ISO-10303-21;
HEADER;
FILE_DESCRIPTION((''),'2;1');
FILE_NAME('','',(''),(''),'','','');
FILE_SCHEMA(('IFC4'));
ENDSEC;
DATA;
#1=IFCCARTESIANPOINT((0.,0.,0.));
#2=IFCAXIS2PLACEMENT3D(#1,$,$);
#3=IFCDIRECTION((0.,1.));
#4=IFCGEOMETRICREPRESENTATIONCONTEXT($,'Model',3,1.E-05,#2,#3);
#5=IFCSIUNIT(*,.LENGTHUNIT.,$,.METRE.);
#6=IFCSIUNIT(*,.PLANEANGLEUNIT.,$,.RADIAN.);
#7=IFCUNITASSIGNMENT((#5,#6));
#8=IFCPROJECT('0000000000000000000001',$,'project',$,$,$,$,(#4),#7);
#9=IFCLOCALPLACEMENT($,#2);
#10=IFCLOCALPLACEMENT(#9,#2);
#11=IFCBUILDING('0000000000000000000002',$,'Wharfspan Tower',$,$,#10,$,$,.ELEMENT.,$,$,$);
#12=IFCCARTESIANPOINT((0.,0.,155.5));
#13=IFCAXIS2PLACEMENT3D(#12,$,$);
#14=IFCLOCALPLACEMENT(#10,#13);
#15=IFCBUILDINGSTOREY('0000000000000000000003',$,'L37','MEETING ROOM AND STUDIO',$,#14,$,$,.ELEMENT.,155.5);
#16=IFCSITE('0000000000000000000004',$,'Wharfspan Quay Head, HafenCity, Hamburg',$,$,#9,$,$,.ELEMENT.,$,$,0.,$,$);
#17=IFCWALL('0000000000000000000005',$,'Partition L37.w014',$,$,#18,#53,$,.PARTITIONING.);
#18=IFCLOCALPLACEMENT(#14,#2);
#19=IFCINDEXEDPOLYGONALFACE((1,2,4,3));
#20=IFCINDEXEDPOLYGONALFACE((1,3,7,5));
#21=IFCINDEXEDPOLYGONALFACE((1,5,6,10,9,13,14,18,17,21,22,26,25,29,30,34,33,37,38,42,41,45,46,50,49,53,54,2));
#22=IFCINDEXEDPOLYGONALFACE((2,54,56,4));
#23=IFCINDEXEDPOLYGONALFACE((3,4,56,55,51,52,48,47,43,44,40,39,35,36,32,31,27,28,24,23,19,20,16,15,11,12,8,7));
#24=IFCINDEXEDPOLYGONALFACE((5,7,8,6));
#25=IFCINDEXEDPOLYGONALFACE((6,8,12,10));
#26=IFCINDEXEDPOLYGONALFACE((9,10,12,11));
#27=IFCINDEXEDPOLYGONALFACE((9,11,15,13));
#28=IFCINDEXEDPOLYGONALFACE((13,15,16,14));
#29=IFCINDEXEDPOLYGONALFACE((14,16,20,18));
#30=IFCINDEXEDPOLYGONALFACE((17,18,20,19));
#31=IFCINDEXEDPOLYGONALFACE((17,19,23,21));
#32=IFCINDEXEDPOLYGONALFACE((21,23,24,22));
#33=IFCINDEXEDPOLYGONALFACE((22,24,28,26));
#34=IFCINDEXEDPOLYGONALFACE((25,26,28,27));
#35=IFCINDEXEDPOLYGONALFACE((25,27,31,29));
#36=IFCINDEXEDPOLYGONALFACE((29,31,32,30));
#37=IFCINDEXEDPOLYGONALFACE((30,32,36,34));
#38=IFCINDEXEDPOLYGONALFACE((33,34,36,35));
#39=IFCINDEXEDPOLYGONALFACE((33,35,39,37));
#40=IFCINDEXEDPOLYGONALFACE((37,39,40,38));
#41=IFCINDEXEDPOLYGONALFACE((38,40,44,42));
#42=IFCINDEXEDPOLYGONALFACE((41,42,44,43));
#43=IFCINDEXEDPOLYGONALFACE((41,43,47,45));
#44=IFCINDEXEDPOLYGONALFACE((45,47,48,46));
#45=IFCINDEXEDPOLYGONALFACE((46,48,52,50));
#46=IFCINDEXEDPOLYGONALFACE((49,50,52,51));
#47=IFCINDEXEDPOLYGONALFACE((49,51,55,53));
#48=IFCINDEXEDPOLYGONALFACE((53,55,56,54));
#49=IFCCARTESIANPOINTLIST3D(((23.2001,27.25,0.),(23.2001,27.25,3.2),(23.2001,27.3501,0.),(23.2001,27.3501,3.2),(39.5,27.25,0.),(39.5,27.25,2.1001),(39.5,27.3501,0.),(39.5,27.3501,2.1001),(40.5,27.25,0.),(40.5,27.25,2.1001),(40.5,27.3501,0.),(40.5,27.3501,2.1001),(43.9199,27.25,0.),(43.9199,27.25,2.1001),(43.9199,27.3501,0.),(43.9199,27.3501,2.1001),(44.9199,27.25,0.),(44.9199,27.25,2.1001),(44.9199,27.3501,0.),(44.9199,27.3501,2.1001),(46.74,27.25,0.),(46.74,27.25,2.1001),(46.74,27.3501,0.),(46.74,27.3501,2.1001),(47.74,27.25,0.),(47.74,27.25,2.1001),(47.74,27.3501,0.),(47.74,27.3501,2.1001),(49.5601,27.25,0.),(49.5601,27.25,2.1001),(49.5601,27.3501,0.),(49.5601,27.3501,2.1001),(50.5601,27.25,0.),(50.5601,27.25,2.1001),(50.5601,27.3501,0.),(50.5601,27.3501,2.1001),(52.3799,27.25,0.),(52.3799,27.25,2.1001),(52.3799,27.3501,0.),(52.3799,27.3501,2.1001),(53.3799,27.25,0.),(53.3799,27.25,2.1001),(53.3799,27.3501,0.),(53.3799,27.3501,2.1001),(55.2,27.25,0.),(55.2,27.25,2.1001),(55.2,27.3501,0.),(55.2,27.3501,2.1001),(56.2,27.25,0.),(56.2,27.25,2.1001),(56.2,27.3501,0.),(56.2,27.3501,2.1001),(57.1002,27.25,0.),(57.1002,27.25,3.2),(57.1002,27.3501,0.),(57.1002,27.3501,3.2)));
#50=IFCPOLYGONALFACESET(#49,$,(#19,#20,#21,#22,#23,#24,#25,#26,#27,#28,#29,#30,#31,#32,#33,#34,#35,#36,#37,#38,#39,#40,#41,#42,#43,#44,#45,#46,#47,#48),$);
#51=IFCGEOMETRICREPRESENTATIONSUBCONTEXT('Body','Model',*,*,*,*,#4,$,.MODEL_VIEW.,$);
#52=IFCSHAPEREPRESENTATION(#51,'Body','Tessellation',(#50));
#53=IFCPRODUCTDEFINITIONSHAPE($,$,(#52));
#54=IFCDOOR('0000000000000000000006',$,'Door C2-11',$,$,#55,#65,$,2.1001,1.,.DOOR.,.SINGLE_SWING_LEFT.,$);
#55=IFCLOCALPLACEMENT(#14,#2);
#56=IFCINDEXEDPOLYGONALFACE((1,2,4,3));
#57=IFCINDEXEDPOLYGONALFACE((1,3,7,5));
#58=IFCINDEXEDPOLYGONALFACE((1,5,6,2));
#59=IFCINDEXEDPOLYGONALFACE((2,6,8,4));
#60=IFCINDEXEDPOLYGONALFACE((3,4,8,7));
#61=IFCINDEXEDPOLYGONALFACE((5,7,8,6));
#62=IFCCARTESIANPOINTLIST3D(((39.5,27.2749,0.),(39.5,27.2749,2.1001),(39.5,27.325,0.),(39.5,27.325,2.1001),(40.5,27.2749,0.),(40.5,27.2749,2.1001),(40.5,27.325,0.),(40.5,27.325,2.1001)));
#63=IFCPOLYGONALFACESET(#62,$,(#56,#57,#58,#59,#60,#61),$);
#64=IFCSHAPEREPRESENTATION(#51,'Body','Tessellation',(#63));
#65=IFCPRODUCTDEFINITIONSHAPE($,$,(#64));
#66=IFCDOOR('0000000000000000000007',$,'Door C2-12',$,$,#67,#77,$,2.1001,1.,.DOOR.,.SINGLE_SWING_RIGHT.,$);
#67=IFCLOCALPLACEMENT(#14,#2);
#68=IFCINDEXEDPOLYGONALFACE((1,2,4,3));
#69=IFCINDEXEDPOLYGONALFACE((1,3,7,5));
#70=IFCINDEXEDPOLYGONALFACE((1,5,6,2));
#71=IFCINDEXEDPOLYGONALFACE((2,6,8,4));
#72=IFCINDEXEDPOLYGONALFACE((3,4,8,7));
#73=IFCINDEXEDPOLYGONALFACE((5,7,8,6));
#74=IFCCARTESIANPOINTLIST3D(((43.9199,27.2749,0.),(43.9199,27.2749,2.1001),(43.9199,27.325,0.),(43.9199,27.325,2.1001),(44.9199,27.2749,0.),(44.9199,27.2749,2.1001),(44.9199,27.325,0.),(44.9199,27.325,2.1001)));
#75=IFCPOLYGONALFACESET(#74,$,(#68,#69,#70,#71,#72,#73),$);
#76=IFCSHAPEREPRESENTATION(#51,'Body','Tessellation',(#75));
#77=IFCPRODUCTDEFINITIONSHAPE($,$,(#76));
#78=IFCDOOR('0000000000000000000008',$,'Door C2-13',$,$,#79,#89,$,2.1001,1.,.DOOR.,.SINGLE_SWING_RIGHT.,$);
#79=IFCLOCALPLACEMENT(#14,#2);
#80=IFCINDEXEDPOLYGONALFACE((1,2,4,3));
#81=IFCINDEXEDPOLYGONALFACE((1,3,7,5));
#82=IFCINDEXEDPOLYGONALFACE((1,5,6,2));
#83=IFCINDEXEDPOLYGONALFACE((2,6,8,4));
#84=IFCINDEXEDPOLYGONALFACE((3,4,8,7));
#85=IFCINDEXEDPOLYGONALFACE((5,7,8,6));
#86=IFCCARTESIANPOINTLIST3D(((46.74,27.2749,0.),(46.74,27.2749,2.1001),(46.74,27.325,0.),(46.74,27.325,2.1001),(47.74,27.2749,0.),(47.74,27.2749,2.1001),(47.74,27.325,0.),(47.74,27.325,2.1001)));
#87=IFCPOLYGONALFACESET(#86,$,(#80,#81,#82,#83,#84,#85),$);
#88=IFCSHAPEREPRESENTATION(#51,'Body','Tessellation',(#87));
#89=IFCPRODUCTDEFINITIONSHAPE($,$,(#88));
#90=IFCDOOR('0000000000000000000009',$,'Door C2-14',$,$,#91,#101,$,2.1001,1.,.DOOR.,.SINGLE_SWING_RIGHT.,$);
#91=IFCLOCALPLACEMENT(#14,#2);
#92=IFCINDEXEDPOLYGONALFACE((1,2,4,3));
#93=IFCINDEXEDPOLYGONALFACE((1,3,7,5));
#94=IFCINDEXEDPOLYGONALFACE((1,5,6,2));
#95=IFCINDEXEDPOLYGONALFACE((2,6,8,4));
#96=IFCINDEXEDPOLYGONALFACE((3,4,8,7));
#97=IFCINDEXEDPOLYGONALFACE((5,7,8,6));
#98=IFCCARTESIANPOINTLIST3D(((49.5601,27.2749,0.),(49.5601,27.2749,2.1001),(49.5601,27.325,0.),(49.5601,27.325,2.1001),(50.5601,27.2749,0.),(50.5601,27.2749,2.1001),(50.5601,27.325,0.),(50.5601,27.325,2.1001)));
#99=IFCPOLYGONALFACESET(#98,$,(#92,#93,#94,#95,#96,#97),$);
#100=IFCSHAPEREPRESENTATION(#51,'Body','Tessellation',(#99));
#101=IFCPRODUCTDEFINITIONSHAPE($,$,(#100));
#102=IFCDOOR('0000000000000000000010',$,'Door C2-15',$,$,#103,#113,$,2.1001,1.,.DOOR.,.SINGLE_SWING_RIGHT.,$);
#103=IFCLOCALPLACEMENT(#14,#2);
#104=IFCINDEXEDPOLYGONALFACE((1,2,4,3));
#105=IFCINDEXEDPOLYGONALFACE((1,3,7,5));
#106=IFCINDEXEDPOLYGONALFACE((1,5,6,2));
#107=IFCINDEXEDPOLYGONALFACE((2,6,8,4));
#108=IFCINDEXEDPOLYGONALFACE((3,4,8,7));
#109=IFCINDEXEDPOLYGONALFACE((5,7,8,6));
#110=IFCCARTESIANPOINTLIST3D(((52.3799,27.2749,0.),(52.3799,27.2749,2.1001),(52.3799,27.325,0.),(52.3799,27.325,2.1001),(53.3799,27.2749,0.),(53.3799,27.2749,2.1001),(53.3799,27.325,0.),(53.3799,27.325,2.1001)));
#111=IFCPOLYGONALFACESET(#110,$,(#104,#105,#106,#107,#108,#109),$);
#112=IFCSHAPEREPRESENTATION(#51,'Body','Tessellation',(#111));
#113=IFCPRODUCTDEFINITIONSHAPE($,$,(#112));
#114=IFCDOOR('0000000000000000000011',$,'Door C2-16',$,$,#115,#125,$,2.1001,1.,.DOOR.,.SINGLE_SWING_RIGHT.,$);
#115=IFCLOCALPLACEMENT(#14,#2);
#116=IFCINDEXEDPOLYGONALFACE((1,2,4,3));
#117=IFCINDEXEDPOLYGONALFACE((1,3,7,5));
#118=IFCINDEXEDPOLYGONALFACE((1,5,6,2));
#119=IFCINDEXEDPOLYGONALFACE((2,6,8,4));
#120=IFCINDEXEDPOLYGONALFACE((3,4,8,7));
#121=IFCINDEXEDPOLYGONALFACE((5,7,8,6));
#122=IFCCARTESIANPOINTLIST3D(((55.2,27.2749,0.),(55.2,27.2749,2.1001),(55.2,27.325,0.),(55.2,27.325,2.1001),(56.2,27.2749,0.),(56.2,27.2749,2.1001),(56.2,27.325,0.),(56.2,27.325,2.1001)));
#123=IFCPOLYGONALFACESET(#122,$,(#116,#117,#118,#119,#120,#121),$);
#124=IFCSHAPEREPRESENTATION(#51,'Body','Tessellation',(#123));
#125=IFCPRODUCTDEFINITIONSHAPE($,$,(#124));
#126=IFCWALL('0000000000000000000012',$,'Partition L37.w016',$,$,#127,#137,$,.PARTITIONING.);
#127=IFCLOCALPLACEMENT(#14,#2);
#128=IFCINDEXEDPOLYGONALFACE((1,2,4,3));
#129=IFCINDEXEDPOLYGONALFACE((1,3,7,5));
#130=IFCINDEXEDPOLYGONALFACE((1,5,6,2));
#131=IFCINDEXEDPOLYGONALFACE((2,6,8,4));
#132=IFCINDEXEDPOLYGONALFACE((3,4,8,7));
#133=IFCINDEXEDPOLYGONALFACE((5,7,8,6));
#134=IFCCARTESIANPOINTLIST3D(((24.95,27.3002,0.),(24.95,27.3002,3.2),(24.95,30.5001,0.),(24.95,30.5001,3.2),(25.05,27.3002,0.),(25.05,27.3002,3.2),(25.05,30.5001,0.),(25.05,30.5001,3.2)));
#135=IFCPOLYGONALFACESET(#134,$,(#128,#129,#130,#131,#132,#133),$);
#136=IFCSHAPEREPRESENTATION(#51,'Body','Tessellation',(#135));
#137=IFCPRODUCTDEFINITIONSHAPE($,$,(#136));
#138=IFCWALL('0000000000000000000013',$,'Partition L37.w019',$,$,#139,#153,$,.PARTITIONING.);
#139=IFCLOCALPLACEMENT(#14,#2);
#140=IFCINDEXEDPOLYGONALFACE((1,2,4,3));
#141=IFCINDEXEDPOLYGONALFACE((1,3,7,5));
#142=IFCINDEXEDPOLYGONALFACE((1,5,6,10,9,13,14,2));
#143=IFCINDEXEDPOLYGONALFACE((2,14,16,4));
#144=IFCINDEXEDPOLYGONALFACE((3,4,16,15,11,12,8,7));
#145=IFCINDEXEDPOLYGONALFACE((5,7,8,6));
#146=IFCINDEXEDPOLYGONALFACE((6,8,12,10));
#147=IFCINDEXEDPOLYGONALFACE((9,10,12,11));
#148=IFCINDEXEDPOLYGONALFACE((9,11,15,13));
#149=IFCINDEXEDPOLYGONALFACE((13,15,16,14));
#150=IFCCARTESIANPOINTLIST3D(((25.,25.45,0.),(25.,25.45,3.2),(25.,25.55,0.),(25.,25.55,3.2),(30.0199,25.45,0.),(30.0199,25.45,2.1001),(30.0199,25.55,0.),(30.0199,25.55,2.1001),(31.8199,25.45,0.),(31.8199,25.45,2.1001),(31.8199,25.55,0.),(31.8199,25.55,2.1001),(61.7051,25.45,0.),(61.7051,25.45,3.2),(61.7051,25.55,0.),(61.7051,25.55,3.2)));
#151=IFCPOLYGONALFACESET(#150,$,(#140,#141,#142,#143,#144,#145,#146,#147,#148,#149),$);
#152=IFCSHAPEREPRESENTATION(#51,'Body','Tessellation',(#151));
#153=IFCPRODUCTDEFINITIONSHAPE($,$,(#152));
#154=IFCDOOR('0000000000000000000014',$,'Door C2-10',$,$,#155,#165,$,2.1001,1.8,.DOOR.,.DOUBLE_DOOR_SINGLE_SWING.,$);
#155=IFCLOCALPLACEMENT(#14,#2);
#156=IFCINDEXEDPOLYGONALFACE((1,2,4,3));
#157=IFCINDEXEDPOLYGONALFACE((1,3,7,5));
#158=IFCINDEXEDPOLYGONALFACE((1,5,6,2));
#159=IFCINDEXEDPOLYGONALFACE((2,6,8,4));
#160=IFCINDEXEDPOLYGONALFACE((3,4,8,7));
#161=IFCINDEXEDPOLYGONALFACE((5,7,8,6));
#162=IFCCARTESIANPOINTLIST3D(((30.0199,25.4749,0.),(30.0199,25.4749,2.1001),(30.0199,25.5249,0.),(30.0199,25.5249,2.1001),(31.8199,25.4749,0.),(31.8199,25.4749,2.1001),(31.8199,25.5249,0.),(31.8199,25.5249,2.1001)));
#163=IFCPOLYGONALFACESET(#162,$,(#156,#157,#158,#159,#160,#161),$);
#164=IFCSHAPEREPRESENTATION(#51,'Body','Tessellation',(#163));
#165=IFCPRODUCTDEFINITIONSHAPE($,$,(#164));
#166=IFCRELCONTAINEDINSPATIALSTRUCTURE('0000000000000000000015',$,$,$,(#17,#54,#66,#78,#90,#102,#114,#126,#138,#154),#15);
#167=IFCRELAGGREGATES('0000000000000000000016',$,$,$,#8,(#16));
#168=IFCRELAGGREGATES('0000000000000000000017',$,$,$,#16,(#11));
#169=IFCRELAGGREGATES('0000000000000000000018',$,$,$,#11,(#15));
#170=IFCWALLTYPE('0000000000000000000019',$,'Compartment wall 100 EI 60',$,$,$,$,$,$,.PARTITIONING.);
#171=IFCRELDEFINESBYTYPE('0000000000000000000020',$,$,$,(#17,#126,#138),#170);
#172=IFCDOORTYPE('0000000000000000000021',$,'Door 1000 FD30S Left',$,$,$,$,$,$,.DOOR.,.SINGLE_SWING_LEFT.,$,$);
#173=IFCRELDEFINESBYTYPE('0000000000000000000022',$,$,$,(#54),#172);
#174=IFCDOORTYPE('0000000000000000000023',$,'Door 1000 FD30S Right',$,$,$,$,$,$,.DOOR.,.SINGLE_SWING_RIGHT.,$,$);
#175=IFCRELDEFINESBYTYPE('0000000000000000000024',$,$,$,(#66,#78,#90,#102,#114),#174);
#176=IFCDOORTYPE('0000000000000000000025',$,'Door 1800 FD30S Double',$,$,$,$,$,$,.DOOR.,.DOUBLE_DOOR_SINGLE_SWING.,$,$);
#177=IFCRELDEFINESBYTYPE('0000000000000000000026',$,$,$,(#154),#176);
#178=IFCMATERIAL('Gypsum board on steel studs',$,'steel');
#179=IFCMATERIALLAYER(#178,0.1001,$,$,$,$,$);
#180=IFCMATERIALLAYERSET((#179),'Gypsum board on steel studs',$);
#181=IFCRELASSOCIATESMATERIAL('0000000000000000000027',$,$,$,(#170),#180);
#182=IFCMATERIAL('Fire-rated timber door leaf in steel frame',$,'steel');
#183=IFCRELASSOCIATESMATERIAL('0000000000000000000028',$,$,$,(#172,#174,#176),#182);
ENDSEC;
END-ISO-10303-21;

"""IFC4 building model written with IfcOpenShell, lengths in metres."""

from ifc_helpers import new_model, si_unit, direction, frame, frame_2d, origin, place, context, subcontext, project, spatial, rectangle, extrude, material, layer, layer_set, type_object, element, fill, save


model = new_model("IFC4")

# Units and contexts
model_context = context("Model", 3, precision=1e-05, world=origin(), true_north=direction((0.0, 1.0)))
body_context = subcontext(model_context, "Body", "Model", "MODEL_VIEW")
ifc_project = project(units=[si_unit("LENGTHUNIT", "METRE"), si_unit("PLANEANGLEUNIT", "RADIAN")], contexts=[model_context])

# Site, building, storey
site_placement = place(None, origin())
site = spatial("IfcSite", under=ifc_project, at=site_placement, Name="Wharfspan Quay Head, HafenCity, Hamburg", CompositionType="ELEMENT", RefElevation=0.0)
building_placement = place(site_placement, origin())
building = spatial("IfcBuilding", under=site, at=building_placement, Name="Wharfspan Tower", CompositionType="ELEMENT")
storey_placement = place(building_placement, frame((0.0, 0.0, 155.5)))
storey = spatial("IfcBuildingStorey", under=building, at=storey_placement, Name="L37", Description="MEETING ROOM AND STUDIO", CompositionType="ELEMENT", Elevation=155.5)

# Wall, openings, doors
ifc_material_1 = material(Name="Gypsum board on steel studs", Category="steel")
ifc_layer = layer(ifc_material_1, 0.1001)
ifc_layer_set = layer_set([ifc_layer], Name="Gypsum board on steel studs")
wall_type = type_object("IfcWallType", Name="Compartment wall 100 EI 60", PredefinedType="PARTITIONING", material=ifc_layer_set)
wall_1_placement = place(storey_placement, frame((23.2, 27.3, 0.0), z_axis=(0.0, 0.0, 1.0), x_axis=(1.0, 0.0, 0.0)))
wall_1 = element("IfcWall", 1, at=wall_1_placement, inside=storey, type_object=wall_type, Name="Partition L37.w014", PredefinedType="PARTITIONING", context=body_context, shape_type="SweptSolid", body=[
    extrude(rectangle(XDim=33.9001, YDim=0.1001, at=frame_2d((16.9502, 0.0))), origin(), (0.0, 0.0, 1.0), 3.2),
])
opening_1_placement = place(wall_1_placement, frame((16.3, 0.0, 0.0)))
opening_1 = element("IfcOpeningElement", 2, at=opening_1_placement, cuts=wall_1, PredefinedType="OPENING", context=body_context, shape_type="SweptSolid", body=[
    extrude(rectangle(XDim=1.0, YDim=2.1001, at=frame_2d((0.5, 1.05))), frame((0.0, 0.0601, 0.0), z_axis=(0.0, -1.0, 0.0), x_axis=(1.0, 0.0, 0.0)), (0.0, 0.0, 1.0), 0.1201),
])
opening_2_placement = place(wall_1_placement, frame((20.72, 0.0, 0.0)))
opening_2 = element("IfcOpeningElement", 3, at=opening_2_placement, cuts=wall_1, PredefinedType="OPENING", context=body_context, shape_type="SweptSolid", body=[
    extrude(rectangle(XDim=1.0, YDim=2.1001, at=frame_2d((0.5, 1.05))), frame((0.0, 0.0601, 0.0), z_axis=(0.0, -1.0, 0.0), x_axis=(1.0, 0.0, 0.0)), (0.0, 0.0, 1.0), 0.1201),
])
opening_3_placement = place(wall_1_placement, frame((23.54, 0.0, 0.0)))
opening_3 = element("IfcOpeningElement", 4, at=opening_3_placement, cuts=wall_1, PredefinedType="OPENING", context=body_context, shape_type="SweptSolid", body=[
    extrude(rectangle(XDim=1.0, YDim=2.1001, at=frame_2d((0.5, 1.05))), frame((0.0, 0.0601, 0.0), z_axis=(0.0, -1.0, 0.0), x_axis=(1.0, 0.0, 0.0)), (0.0, 0.0, 1.0), 0.1201),
])
opening_4_placement = place(wall_1_placement, frame((26.3601, 0.0, 0.0)))
opening_4 = element("IfcOpeningElement", 5, at=opening_4_placement, cuts=wall_1, PredefinedType="OPENING", context=body_context, shape_type="SweptSolid", body=[
    extrude(rectangle(XDim=1.0, YDim=2.1001, at=frame_2d((0.5, 1.05))), frame((0.0, 0.0601, 0.0), z_axis=(0.0, -1.0, 0.0), x_axis=(1.0, 0.0, 0.0)), (0.0, 0.0, 1.0), 0.1201),
])
opening_5_placement = place(wall_1_placement, frame((29.1799, 0.0, 0.0)))
opening_5 = element("IfcOpeningElement", 6, at=opening_5_placement, cuts=wall_1, PredefinedType="OPENING", context=body_context, shape_type="SweptSolid", body=[
    extrude(rectangle(XDim=1.0, YDim=2.1001, at=frame_2d((0.5, 1.05))), frame((0.0, 0.0601, 0.0), z_axis=(0.0, -1.0, 0.0), x_axis=(1.0, 0.0, 0.0)), (0.0, 0.0, 1.0), 0.1201),
])
opening_6_placement = place(wall_1_placement, frame((32.0, 0.0, 0.0)))
opening_6 = element("IfcOpeningElement", 7, at=opening_6_placement, cuts=wall_1, PredefinedType="OPENING", context=body_context, shape_type="SweptSolid", body=[
    extrude(rectangle(XDim=1.0, YDim=2.1001, at=frame_2d((0.5, 1.05))), frame((0.0, 0.0601, 0.0), z_axis=(0.0, -1.0, 0.0), x_axis=(1.0, 0.0, 0.0)), (0.0, 0.0, 1.0), 0.1201),
])
ifc_material_2 = material(Name="Fire-rated timber door leaf in steel frame", Category="steel")
door_type_1 = type_object("IfcDoorType", Name="Door 1000 FD30S Left", OperationType="SINGLE_SWING_LEFT", PredefinedType="DOOR", material=ifc_material_2)
door_1_placement = place(opening_1_placement, origin())
door_1 = element("IfcDoor", 8, at=door_1_placement, inside=storey, type_object=door_type_1, Name="Door C2-11", OperationType="SINGLE_SWING_LEFT", OverallHeight=2.1001, OverallWidth=1.0, PredefinedType="DOOR", context=body_context, shape_type="SweptSolid", body=[
    extrude(rectangle(XDim=1.0, YDim=2.1001, at=frame_2d((0.5, 1.05))), frame((0.0, 0.0249, 0.0), z_axis=(0.0, -1.0, 0.0), x_axis=(1.0, 0.0, 0.0)), (0.0, 0.0, 1.0), 0.05),
])
fill(opening_1, door_1)
door_type_2 = type_object("IfcDoorType", Name="Door 1000 FD30S Right", OperationType="SINGLE_SWING_RIGHT", PredefinedType="DOOR", material=ifc_material_2)
door_2_placement = place(opening_2_placement, origin())
door_2 = element("IfcDoor", 9, at=door_2_placement, inside=storey, type_object=door_type_2, Name="Door C2-12", OperationType="SINGLE_SWING_RIGHT", OverallHeight=2.1001, OverallWidth=1.0, PredefinedType="DOOR", context=body_context, shape_type="SweptSolid", body=[
    extrude(rectangle(XDim=1.0, YDim=2.1001, at=frame_2d((0.5, 1.05))), frame((0.0, 0.0249, 0.0), z_axis=(0.0, -1.0, 0.0), x_axis=(1.0, 0.0, 0.0)), (0.0, 0.0, 1.0), 0.05),
])
fill(opening_2, door_2)
door_3_placement = place(opening_3_placement, origin())
door_3 = element("IfcDoor", 10, at=door_3_placement, inside=storey, type_object=door_type_2, Name="Door C2-13", OperationType="SINGLE_SWING_RIGHT", OverallHeight=2.1001, OverallWidth=1.0, PredefinedType="DOOR", context=body_context, shape_type="SweptSolid", body=[
    extrude(rectangle(XDim=1.0, YDim=2.1001, at=frame_2d((0.5, 1.05))), frame((0.0, 0.0249, 0.0), z_axis=(0.0, -1.0, 0.0), x_axis=(1.0, 0.0, 0.0)), (0.0, 0.0, 1.0), 0.05),
])
fill(opening_3, door_3)
door_4_placement = place(opening_4_placement, origin())
door_4 = element("IfcDoor", 11, at=door_4_placement, inside=storey, type_object=door_type_2, Name="Door C2-14", OperationType="SINGLE_SWING_RIGHT", OverallHeight=2.1001, OverallWidth=1.0, PredefinedType="DOOR", context=body_context, shape_type="SweptSolid", body=[
    extrude(rectangle(XDim=1.0, YDim=2.1001, at=frame_2d((0.5, 1.05))), frame((0.0, 0.0249, 0.0), z_axis=(0.0, -1.0, 0.0), x_axis=(1.0, 0.0, 0.0)), (0.0, 0.0, 1.0), 0.05),
])
fill(opening_4, door_4)
door_5_placement = place(opening_5_placement, origin())
door_5 = element("IfcDoor", 12, at=door_5_placement, inside=storey, type_object=door_type_2, Name="Door C2-15", OperationType="SINGLE_SWING_RIGHT", OverallHeight=2.1001, OverallWidth=1.0, PredefinedType="DOOR", context=body_context, shape_type="SweptSolid", body=[
    extrude(rectangle(XDim=1.0, YDim=2.1001, at=frame_2d((0.5, 1.05))), frame((0.0, 0.0249, 0.0), z_axis=(0.0, -1.0, 0.0), x_axis=(1.0, 0.0, 0.0)), (0.0, 0.0, 1.0), 0.05),
])
fill(opening_5, door_5)
door_6_placement = place(opening_6_placement, origin())
door_6 = element("IfcDoor", 13, at=door_6_placement, inside=storey, type_object=door_type_2, Name="Door C2-16", OperationType="SINGLE_SWING_RIGHT", OverallHeight=2.1001, OverallWidth=1.0, PredefinedType="DOOR", context=body_context, shape_type="SweptSolid", body=[
    extrude(rectangle(XDim=1.0, YDim=2.1001, at=frame_2d((0.5, 1.05))), frame((0.0, 0.0249, 0.0), z_axis=(0.0, -1.0, 0.0), x_axis=(1.0, 0.0, 0.0)), (0.0, 0.0, 1.0), 0.05),
])
fill(opening_6, door_6)

# Wall
wall_2_placement = place(storey_placement, frame((25.0, 27.3, 0.0), z_axis=(0.0, 0.0, 1.0), x_axis=(0.0, 1.0, 0.0)))
element("IfcWall", 14, at=wall_2_placement, inside=storey, type_object=wall_type, Name="Partition L37.w016", PredefinedType="PARTITIONING", context=body_context, shape_type="SweptSolid", body=[
    extrude(rectangle(XDim=3.2, YDim=0.1001, at=frame_2d((1.6001, 0.0))), origin(), (0.0, 0.0, 1.0), 3.2),
])

# Wall, opening, door
wall_3_placement = place(storey_placement, frame((25.0, 25.5, 0.0), z_axis=(0.0, 0.0, 1.0), x_axis=(1.0, 0.0, 0.0)))
wall_3 = element("IfcWall", 15, at=wall_3_placement, inside=storey, type_object=wall_type, Name="Partition L37.w019", PredefinedType="PARTITIONING", context=body_context, shape_type="SweptSolid", body=[
    extrude(rectangle(XDim=36.7051, YDim=0.1001, at=frame_2d((18.3525, 0.0))), origin(), (0.0, 0.0, 1.0), 3.2),
])
opening_7_placement = place(wall_3_placement, frame((5.02, 0.0, 0.0)))
opening_7 = element("IfcOpeningElement", 16, at=opening_7_placement, cuts=wall_3, PredefinedType="OPENING", context=body_context, shape_type="SweptSolid", body=[
    extrude(rectangle(XDim=1.8, YDim=2.1001, at=frame_2d((0.8999, 1.05))), frame((0.0, 0.0601, 0.0), z_axis=(0.0, -1.0, 0.0), x_axis=(1.0, 0.0, 0.0)), (0.0, 0.0, 1.0), 0.1201),
])
door_type_3 = type_object("IfcDoorType", Name="Door 1800 FD30S Double", OperationType="DOUBLE_DOOR_SINGLE_SWING", PredefinedType="DOOR", material=ifc_material_2)
door_7_placement = place(opening_7_placement, origin())
door_7 = element("IfcDoor", 17, at=door_7_placement, inside=storey, type_object=door_type_3, Name="Door C2-10", OperationType="DOUBLE_DOOR_SINGLE_SWING", OverallHeight=2.1001, OverallWidth=1.8, PredefinedType="DOOR", context=body_context, shape_type="SweptSolid", body=[
    extrude(rectangle(XDim=1.8, YDim=2.1001, at=frame_2d((0.8999, 1.05))), frame((0.0, 0.0249, 0.0), z_axis=(0.0, -1.0, 0.0), x_axis=(1.0, 0.0, 0.0)), (0.0, 0.0, 1.0), 0.05),
])
fill(opening_7, door_7)

save(model, "model.ifc")
